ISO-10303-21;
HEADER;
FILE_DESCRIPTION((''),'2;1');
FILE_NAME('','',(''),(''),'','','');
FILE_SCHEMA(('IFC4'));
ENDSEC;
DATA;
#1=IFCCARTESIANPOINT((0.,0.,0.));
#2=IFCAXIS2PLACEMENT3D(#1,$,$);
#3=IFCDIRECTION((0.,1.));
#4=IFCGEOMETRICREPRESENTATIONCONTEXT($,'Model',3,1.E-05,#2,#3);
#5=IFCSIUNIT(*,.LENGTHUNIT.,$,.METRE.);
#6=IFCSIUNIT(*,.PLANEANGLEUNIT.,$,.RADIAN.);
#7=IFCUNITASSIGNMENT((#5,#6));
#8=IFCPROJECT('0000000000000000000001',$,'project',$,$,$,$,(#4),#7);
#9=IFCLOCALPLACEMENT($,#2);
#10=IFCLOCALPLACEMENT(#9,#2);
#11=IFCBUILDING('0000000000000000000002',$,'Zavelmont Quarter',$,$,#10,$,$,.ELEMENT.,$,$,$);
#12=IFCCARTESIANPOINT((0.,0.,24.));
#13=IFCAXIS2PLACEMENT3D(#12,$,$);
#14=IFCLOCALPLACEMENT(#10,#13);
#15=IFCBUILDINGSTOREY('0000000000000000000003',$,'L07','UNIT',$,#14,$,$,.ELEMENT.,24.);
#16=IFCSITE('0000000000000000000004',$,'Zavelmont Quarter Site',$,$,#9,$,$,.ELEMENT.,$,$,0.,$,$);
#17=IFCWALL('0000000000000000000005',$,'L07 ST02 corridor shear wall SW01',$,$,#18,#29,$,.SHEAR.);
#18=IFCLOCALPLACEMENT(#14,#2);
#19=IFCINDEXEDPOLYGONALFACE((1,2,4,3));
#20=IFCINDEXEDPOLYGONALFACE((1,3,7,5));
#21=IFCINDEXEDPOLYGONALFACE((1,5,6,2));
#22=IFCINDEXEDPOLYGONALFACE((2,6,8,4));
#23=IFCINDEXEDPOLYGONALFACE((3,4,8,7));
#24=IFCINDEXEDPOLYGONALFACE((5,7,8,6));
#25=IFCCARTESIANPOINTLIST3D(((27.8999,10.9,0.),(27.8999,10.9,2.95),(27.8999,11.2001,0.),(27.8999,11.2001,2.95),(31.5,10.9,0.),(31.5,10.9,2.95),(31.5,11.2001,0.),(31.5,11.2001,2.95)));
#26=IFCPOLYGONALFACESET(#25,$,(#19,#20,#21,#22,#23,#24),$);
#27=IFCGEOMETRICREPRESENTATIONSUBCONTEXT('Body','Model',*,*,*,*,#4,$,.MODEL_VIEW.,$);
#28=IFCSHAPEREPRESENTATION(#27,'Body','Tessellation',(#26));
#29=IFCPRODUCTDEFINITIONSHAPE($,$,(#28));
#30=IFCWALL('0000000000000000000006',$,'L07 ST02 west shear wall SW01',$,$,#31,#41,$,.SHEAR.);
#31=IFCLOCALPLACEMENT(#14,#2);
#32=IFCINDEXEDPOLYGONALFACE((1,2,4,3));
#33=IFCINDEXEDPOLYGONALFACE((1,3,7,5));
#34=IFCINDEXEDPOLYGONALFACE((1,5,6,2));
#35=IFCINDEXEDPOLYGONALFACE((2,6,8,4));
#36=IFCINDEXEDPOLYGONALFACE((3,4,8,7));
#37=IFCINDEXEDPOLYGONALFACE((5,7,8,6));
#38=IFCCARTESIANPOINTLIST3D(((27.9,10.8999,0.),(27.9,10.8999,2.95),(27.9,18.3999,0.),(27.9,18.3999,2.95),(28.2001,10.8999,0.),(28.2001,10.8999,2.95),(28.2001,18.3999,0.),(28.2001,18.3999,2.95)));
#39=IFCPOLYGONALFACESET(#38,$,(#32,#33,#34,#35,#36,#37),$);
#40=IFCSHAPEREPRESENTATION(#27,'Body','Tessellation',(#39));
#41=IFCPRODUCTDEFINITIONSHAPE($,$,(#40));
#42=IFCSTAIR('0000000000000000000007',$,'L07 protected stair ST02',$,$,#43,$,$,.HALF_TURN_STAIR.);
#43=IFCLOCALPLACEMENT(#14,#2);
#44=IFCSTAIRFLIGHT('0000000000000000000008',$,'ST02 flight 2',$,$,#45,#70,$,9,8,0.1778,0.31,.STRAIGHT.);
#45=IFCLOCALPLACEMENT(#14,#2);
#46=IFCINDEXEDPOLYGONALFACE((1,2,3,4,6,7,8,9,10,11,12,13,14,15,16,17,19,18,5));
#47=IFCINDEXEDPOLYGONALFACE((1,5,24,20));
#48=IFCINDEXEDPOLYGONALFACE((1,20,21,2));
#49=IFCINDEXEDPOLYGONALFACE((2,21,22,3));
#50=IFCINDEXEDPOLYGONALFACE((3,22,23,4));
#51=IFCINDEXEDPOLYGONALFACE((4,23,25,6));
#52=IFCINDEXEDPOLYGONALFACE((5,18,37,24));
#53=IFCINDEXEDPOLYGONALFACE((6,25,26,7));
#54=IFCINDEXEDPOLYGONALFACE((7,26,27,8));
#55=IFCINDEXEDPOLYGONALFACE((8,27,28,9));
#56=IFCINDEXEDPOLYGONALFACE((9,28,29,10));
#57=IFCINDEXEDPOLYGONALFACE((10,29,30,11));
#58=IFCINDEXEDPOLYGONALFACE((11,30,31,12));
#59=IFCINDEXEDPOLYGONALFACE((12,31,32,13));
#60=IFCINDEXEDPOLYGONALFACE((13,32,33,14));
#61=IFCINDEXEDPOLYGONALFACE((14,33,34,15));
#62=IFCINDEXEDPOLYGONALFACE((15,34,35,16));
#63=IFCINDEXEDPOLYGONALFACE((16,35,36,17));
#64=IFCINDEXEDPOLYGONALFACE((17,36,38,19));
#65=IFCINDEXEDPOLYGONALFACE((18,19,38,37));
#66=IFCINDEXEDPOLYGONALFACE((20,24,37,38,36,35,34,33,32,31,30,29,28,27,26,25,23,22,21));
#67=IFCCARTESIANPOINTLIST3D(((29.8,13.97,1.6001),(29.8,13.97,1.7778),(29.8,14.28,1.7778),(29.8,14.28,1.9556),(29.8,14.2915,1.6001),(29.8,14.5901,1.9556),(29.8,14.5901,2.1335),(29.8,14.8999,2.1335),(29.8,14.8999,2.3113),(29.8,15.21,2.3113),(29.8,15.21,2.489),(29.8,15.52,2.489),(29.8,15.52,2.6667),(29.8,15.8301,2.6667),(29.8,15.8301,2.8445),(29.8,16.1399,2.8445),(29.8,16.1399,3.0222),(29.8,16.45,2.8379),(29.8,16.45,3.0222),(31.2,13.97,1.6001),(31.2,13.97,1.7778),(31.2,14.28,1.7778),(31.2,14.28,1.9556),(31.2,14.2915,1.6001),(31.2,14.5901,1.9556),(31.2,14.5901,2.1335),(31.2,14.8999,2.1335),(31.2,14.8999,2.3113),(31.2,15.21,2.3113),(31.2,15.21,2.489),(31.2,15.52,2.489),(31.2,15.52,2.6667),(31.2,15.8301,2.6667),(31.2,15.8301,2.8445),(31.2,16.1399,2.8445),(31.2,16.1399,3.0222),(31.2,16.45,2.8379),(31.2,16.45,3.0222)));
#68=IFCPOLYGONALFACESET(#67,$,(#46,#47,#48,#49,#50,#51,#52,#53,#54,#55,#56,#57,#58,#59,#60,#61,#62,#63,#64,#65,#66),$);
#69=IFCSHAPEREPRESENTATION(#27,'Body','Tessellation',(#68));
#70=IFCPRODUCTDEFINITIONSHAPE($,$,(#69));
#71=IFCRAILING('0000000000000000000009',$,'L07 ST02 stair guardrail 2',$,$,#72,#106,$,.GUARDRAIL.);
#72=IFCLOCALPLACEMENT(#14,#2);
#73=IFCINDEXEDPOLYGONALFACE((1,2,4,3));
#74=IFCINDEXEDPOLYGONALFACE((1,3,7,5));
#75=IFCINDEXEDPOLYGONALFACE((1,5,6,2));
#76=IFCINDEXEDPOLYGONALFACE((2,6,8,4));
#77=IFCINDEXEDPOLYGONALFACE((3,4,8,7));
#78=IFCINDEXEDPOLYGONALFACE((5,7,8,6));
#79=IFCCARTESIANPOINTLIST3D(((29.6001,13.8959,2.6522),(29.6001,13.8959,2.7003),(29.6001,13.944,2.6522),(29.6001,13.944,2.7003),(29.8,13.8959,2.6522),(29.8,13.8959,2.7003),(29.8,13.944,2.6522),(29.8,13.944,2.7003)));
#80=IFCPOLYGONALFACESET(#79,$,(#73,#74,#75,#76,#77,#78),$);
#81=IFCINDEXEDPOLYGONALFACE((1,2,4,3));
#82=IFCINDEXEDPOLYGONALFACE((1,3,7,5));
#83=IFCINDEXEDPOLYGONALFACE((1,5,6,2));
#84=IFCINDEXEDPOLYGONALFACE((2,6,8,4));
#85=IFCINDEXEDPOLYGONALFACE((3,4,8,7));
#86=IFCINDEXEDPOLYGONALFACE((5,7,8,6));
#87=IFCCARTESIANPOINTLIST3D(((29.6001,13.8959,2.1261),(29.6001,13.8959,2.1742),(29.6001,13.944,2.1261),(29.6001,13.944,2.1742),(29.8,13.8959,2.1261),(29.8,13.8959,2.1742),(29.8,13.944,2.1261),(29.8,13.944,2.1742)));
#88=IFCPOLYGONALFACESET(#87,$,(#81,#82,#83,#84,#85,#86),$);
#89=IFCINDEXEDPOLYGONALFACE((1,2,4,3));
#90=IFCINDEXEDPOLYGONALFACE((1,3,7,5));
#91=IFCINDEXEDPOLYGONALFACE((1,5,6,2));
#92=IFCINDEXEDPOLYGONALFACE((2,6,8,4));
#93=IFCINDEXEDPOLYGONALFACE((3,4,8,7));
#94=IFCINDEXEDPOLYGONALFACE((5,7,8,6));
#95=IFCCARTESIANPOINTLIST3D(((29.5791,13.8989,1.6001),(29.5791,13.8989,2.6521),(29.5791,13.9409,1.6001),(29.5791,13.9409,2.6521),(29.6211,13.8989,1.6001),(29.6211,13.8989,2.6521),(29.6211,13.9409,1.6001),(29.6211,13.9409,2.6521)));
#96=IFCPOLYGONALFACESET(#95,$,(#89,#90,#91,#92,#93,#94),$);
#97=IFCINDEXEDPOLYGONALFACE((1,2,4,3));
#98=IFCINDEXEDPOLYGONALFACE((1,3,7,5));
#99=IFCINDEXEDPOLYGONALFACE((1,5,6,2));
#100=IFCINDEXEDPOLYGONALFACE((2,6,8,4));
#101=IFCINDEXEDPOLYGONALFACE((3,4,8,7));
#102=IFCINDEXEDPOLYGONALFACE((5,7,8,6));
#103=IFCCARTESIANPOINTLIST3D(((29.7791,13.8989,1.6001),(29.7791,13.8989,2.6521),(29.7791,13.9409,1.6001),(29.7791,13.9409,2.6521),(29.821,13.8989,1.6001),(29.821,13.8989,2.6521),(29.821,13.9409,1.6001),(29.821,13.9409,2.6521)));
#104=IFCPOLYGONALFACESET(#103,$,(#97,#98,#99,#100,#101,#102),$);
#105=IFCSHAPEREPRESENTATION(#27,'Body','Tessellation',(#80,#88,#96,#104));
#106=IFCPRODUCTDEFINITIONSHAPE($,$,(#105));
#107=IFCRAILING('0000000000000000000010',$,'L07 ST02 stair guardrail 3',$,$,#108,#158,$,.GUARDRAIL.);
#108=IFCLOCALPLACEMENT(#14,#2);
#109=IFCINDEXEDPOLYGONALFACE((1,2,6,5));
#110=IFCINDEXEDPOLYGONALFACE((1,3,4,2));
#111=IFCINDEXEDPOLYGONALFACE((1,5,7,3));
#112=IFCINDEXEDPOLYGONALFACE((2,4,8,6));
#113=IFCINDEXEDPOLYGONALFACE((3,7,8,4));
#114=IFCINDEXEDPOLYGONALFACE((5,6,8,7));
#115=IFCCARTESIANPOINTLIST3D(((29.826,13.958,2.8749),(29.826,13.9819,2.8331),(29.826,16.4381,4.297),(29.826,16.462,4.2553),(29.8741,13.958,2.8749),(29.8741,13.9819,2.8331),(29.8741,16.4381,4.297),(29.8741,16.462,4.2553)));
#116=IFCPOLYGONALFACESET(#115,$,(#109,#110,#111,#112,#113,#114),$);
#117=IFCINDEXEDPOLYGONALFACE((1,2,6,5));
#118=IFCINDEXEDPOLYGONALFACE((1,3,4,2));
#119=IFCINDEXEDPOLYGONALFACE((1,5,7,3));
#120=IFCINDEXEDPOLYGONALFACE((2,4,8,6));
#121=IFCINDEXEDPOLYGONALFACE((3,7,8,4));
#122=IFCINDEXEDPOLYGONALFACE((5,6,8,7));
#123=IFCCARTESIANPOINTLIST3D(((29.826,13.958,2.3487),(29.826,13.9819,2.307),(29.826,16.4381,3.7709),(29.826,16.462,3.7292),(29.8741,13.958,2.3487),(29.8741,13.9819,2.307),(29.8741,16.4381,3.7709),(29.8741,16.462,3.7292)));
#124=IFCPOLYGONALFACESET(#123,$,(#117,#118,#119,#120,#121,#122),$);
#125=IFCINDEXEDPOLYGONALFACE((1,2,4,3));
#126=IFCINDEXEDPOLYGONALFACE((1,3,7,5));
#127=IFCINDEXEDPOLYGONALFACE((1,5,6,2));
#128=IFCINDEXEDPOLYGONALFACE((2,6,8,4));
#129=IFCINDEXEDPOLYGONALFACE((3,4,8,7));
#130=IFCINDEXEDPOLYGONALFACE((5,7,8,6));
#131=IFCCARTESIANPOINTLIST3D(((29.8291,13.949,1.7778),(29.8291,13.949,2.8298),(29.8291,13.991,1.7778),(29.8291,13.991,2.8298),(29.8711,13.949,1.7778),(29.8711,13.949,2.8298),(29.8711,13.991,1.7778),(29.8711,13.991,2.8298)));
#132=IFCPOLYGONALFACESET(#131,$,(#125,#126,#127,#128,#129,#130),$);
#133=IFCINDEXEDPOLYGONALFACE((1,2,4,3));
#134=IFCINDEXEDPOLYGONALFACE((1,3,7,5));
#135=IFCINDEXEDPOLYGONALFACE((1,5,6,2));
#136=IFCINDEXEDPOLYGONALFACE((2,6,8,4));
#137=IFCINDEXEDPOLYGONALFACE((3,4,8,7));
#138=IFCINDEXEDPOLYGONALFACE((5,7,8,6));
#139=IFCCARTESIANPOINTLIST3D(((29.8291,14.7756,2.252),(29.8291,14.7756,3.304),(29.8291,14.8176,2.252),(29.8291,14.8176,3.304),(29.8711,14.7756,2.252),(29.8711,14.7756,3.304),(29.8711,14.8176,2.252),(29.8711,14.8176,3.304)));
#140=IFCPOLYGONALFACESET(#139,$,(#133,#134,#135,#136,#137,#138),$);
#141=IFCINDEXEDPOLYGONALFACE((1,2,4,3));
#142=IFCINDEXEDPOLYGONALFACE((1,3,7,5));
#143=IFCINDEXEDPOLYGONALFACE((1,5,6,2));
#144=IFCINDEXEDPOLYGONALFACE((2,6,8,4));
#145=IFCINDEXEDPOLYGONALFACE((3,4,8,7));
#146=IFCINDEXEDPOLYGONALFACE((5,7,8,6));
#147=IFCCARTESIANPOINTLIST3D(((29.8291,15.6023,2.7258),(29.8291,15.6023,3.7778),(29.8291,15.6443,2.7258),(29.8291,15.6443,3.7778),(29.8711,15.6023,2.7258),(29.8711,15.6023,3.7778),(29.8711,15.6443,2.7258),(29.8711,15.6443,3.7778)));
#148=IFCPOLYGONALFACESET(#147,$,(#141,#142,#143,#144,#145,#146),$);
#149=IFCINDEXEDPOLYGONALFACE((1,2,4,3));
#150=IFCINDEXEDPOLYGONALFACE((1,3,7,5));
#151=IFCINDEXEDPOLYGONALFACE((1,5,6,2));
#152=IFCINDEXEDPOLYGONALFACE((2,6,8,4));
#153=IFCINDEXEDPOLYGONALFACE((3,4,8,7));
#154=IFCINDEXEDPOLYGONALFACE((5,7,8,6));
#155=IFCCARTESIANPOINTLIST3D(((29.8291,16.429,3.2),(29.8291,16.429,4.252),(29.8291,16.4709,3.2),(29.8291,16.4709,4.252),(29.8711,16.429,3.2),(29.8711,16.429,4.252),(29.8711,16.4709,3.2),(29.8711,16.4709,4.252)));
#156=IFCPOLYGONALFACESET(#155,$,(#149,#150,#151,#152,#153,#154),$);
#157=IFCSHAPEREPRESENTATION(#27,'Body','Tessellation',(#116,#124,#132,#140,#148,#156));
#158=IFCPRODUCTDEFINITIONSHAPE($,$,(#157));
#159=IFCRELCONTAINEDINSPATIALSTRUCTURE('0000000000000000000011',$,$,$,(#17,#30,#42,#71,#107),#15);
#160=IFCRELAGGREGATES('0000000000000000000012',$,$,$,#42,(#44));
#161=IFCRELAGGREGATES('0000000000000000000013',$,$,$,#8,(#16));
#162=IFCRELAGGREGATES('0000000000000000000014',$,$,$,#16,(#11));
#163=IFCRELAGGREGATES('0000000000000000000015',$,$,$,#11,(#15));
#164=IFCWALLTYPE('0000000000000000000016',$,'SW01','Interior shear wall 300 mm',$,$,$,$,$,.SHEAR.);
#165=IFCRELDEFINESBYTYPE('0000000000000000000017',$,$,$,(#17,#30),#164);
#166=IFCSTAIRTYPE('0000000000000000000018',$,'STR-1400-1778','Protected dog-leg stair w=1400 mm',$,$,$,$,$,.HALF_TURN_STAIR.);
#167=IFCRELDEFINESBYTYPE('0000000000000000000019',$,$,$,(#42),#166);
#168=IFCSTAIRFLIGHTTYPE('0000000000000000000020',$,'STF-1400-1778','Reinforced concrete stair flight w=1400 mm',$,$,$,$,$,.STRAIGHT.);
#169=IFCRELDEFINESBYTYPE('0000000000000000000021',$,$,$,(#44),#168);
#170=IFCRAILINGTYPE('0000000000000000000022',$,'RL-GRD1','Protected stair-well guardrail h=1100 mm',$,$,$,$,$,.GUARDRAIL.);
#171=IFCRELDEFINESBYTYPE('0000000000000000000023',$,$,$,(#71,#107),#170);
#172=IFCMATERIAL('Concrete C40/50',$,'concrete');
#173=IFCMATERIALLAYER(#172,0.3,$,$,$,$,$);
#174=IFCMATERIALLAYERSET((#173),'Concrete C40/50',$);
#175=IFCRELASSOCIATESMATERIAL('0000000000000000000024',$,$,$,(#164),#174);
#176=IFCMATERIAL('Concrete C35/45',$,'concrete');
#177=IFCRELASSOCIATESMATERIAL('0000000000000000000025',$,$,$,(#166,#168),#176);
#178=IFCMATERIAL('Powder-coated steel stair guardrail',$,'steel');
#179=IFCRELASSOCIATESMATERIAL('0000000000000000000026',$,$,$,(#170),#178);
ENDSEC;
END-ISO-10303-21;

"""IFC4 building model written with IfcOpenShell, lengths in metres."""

from ifc_helpers import new_model, si_unit, direction, frame, frame_2d, origin, origin_2d, place, context, subcontext, project, spatial, polyline, rectangle, outline, extrude, material, layer, layer_set, type_object, element, aggregate, save


model = new_model("IFC4")

# Units and contexts
model_context = context("Model", 3, precision=1e-05, world=origin(), true_north=direction((0.0, 1.0)))
body_context = subcontext(model_context, "Body", "Model", "MODEL_VIEW")
ifc_project = project(units=[si_unit("LENGTHUNIT", "METRE"), si_unit("PLANEANGLEUNIT", "RADIAN")], contexts=[model_context])

# Site, building, storey
site_placement = place(None, origin())
site = spatial("IfcSite", under=ifc_project, at=site_placement, Name="Zavelmont Quarter Site", CompositionType="ELEMENT", RefElevation=0.0)
building_placement = place(site_placement, origin())
building = spatial("IfcBuilding", under=site, at=building_placement, Name="Zavelmont Quarter", CompositionType="ELEMENT")
storey_placement = place(building_placement, frame((0.0, 0.0, 24.0)))
storey = spatial("IfcBuildingStorey", under=building, at=storey_placement, Name="L07", Description="UNIT", CompositionType="ELEMENT", Elevation=24.0)

# Shared definitions
ifc_material_1 = material(Name="Concrete C40/50", Category="concrete")

# Shared definitions
ifc_material_2 = material(Name="Concrete C35/45", Category="concrete")

# Walls
ifc_layer_1 = layer(ifc_material_1, 0.3)
ifc_layer_set_1 = layer_set([ifc_layer_1], Name="Concrete C40/50")
wall_type_1 = type_object("IfcWallType", Name="SW01", Description="Interior shear wall 300 mm", PredefinedType="SHEAR", material=ifc_layer_set_1)
wall_1_placement = place(storey_placement, frame((27.8999, 11.05, 0.0), z_axis=(0.0, 0.0, 1.0), x_axis=(1.0, 0.0, 0.0)))
element("IfcWall", 1, at=wall_1_placement, inside=storey, type_object=wall_type_1, Name="L07 ST02 corridor shear wall SW01", PredefinedType="SHEAR", context=body_context, shape_type="SweptSolid", body=[
    extrude(rectangle(XDim=3.6001, YDim=0.3, at=frame_2d((1.8, 0.0))), origin(), (0.0, 0.0, 1.0), 2.95),
])
wall_2_placement = place(storey_placement, frame((28.05, 10.8999, 0.0), z_axis=(0.0, 0.0, 1.0), x_axis=(0.0, 1.0, 0.0)))
element("IfcWall", 2, at=wall_2_placement, inside=storey, type_object=wall_type_1, Name="L07 ST02 west shear wall SW01", PredefinedType="SHEAR", context=body_context, shape_type="SweptSolid", body=[
    extrude(rectangle(XDim=7.5, YDim=0.3, at=frame_2d((3.75, 0.0))), origin(), (0.0, 0.0, 1.0), 2.95),
])

# Stair, stair flight
stair_type = type_object("IfcStairType", Name="STR-1400-1778", Description="Protected dog-leg stair w=1400 mm", PredefinedType="HALF_TURN_STAIR", material=ifc_material_2)
stair_placement = place(storey_placement, origin())
stair = element("IfcStair", 3, at=stair_placement, inside=storey, type_object=stair_type, Name="L07 protected stair ST02", PredefinedType="HALF_TURN_STAIR")
stair_flight_type = type_object("IfcStairFlightType", Name="STF-1400-1778", Description="Reinforced concrete stair flight w=1400 mm", PredefinedType="STRAIGHT", material=ifc_material_2)
stair_flight_placement = place(storey_placement, frame((30.5, 13.97, 1.6001), z_axis=(0.0, 0.0, 1.0), x_axis=(0.0, 1.0, 0.0)))
stair_flight = element("IfcStairFlight", 4, at=stair_flight_placement, type_object=stair_flight_type, Name="ST02 flight 2", NumberOfRisers=9, NumberOfTreads=8, PredefinedType="STRAIGHT", RiserHeight=0.1778, TreadLength=0.31, context=body_context, shape_type="SweptSolid", body=[
    extrude(outline(polyline([(0.0, 0.0), (0.0, 0.1777), (0.3101, 0.1777), (0.3101, 0.3555), (0.6201, 0.3555), (0.6201, 0.5334), (0.9299, 0.5334), (0.9299, 0.7112), (1.24, 0.7112), (1.24, 0.8889), (1.55, 0.8889), (1.55, 1.0667), (1.8601, 1.0667), (1.8601, 1.2444), (2.1699, 1.2444), (2.1699, 1.4221), (2.48, 1.4221), (2.48, 1.6001), (2.48, 1.2378), (0.3215, 0.0), (0.0, 0.0)])), frame((0.0, 0.7, 0.0), z_axis=(0.0, -1.0, 0.0), x_axis=(1.0, 0.0, 0.0)), (0.0, 0.0, 1.0), 1.3999),
])
aggregate(stair, [stair_flight])

# Railings
ifc_material_3 = material(Name="Powder-coated steel stair guardrail", Category="steel")
railing_type = type_object("IfcRailingType", Name="RL-GRD1", Description="Protected stair-well guardrail h=1100 mm", PredefinedType="GUARDRAIL", material=ifc_material_3)
railing_1_placement = place(storey_placement, frame((29.6001, 13.9199, 1.6001)))
element("IfcRailing", 5, at=railing_1_placement, inside=storey, type_object=railing_type, Name="L07 ST02 stair guardrail 2", PredefinedType="GUARDRAIL", context=body_context, shape_type="SweptSolid", body=[
    extrude(rectangle(XDim=0.0481, YDim=0.0481, at=origin_2d()), frame((0.0, 0.0, 1.0762), z_axis=(1.0, 0.0, 0.0), x_axis=(0.0, 1.0, 0.0)), (0.0, 0.0, 1.0), 0.2),
    extrude(rectangle(XDim=0.0481, YDim=0.0481, at=origin_2d()), frame((0.0, 0.0, 0.55), z_axis=(1.0, 0.0, 0.0), x_axis=(0.0, 1.0, 0.0)), (0.0, 0.0, 1.0), 0.2),
    extrude(rectangle(XDim=0.042, YDim=0.042, at=origin_2d()), origin(), (0.0, 0.0, 1.0), 1.052),
    extrude(rectangle(XDim=0.042, YDim=0.042, at=origin_2d()), frame((0.2, 0.0, 0.0)), (0.0, 0.0, 1.0), 1.052),
])
railing_2_placement = place(storey_placement, frame((29.8501, 13.97, 1.7778)))
element("IfcRailing", 6, at=railing_2_placement, inside=storey, type_object=railing_type, Name="L07 ST02 stair guardrail 3", PredefinedType="GUARDRAIL", context=body_context, shape_type="SweptSolid", body=[
    extrude(rectangle(XDim=0.0481, YDim=0.0481, at=origin_2d()), frame((0.0, 0.0, 1.0762), z_axis=(0.0, 0.867491, 0.497454), x_axis=(-1.0, 0.0, 0.0)), (0.0, 0.0, 1.0), 2.8589),
    extrude(rectangle(XDim=0.0481, YDim=0.0481, at=origin_2d()), frame((0.0, 0.0, 0.55), z_axis=(0.0, 0.867491, 0.497454), x_axis=(-1.0, 0.0, 0.0)), (0.0, 0.0, 1.0), 2.8589),
    extrude(rectangle(XDim=0.042, YDim=0.042, at=origin_2d()), origin(), (0.0, 0.0, 1.0), 1.052),
    extrude(rectangle(XDim=0.042, YDim=0.042, at=origin_2d()), frame((0.0, 0.8267, 0.4741)), (0.0, 0.0, 1.0), 1.052),
    extrude(rectangle(XDim=0.042, YDim=0.042, at=origin_2d()), frame((0.0, 1.6533, 0.948)), (0.0, 0.0, 1.0), 1.052),
    extrude(rectangle(XDim=0.042, YDim=0.042, at=origin_2d()), frame((0.0, 2.48, 1.4221)), (0.0, 0.0, 1.0), 1.052),
])

save(model, "model.ifc")
